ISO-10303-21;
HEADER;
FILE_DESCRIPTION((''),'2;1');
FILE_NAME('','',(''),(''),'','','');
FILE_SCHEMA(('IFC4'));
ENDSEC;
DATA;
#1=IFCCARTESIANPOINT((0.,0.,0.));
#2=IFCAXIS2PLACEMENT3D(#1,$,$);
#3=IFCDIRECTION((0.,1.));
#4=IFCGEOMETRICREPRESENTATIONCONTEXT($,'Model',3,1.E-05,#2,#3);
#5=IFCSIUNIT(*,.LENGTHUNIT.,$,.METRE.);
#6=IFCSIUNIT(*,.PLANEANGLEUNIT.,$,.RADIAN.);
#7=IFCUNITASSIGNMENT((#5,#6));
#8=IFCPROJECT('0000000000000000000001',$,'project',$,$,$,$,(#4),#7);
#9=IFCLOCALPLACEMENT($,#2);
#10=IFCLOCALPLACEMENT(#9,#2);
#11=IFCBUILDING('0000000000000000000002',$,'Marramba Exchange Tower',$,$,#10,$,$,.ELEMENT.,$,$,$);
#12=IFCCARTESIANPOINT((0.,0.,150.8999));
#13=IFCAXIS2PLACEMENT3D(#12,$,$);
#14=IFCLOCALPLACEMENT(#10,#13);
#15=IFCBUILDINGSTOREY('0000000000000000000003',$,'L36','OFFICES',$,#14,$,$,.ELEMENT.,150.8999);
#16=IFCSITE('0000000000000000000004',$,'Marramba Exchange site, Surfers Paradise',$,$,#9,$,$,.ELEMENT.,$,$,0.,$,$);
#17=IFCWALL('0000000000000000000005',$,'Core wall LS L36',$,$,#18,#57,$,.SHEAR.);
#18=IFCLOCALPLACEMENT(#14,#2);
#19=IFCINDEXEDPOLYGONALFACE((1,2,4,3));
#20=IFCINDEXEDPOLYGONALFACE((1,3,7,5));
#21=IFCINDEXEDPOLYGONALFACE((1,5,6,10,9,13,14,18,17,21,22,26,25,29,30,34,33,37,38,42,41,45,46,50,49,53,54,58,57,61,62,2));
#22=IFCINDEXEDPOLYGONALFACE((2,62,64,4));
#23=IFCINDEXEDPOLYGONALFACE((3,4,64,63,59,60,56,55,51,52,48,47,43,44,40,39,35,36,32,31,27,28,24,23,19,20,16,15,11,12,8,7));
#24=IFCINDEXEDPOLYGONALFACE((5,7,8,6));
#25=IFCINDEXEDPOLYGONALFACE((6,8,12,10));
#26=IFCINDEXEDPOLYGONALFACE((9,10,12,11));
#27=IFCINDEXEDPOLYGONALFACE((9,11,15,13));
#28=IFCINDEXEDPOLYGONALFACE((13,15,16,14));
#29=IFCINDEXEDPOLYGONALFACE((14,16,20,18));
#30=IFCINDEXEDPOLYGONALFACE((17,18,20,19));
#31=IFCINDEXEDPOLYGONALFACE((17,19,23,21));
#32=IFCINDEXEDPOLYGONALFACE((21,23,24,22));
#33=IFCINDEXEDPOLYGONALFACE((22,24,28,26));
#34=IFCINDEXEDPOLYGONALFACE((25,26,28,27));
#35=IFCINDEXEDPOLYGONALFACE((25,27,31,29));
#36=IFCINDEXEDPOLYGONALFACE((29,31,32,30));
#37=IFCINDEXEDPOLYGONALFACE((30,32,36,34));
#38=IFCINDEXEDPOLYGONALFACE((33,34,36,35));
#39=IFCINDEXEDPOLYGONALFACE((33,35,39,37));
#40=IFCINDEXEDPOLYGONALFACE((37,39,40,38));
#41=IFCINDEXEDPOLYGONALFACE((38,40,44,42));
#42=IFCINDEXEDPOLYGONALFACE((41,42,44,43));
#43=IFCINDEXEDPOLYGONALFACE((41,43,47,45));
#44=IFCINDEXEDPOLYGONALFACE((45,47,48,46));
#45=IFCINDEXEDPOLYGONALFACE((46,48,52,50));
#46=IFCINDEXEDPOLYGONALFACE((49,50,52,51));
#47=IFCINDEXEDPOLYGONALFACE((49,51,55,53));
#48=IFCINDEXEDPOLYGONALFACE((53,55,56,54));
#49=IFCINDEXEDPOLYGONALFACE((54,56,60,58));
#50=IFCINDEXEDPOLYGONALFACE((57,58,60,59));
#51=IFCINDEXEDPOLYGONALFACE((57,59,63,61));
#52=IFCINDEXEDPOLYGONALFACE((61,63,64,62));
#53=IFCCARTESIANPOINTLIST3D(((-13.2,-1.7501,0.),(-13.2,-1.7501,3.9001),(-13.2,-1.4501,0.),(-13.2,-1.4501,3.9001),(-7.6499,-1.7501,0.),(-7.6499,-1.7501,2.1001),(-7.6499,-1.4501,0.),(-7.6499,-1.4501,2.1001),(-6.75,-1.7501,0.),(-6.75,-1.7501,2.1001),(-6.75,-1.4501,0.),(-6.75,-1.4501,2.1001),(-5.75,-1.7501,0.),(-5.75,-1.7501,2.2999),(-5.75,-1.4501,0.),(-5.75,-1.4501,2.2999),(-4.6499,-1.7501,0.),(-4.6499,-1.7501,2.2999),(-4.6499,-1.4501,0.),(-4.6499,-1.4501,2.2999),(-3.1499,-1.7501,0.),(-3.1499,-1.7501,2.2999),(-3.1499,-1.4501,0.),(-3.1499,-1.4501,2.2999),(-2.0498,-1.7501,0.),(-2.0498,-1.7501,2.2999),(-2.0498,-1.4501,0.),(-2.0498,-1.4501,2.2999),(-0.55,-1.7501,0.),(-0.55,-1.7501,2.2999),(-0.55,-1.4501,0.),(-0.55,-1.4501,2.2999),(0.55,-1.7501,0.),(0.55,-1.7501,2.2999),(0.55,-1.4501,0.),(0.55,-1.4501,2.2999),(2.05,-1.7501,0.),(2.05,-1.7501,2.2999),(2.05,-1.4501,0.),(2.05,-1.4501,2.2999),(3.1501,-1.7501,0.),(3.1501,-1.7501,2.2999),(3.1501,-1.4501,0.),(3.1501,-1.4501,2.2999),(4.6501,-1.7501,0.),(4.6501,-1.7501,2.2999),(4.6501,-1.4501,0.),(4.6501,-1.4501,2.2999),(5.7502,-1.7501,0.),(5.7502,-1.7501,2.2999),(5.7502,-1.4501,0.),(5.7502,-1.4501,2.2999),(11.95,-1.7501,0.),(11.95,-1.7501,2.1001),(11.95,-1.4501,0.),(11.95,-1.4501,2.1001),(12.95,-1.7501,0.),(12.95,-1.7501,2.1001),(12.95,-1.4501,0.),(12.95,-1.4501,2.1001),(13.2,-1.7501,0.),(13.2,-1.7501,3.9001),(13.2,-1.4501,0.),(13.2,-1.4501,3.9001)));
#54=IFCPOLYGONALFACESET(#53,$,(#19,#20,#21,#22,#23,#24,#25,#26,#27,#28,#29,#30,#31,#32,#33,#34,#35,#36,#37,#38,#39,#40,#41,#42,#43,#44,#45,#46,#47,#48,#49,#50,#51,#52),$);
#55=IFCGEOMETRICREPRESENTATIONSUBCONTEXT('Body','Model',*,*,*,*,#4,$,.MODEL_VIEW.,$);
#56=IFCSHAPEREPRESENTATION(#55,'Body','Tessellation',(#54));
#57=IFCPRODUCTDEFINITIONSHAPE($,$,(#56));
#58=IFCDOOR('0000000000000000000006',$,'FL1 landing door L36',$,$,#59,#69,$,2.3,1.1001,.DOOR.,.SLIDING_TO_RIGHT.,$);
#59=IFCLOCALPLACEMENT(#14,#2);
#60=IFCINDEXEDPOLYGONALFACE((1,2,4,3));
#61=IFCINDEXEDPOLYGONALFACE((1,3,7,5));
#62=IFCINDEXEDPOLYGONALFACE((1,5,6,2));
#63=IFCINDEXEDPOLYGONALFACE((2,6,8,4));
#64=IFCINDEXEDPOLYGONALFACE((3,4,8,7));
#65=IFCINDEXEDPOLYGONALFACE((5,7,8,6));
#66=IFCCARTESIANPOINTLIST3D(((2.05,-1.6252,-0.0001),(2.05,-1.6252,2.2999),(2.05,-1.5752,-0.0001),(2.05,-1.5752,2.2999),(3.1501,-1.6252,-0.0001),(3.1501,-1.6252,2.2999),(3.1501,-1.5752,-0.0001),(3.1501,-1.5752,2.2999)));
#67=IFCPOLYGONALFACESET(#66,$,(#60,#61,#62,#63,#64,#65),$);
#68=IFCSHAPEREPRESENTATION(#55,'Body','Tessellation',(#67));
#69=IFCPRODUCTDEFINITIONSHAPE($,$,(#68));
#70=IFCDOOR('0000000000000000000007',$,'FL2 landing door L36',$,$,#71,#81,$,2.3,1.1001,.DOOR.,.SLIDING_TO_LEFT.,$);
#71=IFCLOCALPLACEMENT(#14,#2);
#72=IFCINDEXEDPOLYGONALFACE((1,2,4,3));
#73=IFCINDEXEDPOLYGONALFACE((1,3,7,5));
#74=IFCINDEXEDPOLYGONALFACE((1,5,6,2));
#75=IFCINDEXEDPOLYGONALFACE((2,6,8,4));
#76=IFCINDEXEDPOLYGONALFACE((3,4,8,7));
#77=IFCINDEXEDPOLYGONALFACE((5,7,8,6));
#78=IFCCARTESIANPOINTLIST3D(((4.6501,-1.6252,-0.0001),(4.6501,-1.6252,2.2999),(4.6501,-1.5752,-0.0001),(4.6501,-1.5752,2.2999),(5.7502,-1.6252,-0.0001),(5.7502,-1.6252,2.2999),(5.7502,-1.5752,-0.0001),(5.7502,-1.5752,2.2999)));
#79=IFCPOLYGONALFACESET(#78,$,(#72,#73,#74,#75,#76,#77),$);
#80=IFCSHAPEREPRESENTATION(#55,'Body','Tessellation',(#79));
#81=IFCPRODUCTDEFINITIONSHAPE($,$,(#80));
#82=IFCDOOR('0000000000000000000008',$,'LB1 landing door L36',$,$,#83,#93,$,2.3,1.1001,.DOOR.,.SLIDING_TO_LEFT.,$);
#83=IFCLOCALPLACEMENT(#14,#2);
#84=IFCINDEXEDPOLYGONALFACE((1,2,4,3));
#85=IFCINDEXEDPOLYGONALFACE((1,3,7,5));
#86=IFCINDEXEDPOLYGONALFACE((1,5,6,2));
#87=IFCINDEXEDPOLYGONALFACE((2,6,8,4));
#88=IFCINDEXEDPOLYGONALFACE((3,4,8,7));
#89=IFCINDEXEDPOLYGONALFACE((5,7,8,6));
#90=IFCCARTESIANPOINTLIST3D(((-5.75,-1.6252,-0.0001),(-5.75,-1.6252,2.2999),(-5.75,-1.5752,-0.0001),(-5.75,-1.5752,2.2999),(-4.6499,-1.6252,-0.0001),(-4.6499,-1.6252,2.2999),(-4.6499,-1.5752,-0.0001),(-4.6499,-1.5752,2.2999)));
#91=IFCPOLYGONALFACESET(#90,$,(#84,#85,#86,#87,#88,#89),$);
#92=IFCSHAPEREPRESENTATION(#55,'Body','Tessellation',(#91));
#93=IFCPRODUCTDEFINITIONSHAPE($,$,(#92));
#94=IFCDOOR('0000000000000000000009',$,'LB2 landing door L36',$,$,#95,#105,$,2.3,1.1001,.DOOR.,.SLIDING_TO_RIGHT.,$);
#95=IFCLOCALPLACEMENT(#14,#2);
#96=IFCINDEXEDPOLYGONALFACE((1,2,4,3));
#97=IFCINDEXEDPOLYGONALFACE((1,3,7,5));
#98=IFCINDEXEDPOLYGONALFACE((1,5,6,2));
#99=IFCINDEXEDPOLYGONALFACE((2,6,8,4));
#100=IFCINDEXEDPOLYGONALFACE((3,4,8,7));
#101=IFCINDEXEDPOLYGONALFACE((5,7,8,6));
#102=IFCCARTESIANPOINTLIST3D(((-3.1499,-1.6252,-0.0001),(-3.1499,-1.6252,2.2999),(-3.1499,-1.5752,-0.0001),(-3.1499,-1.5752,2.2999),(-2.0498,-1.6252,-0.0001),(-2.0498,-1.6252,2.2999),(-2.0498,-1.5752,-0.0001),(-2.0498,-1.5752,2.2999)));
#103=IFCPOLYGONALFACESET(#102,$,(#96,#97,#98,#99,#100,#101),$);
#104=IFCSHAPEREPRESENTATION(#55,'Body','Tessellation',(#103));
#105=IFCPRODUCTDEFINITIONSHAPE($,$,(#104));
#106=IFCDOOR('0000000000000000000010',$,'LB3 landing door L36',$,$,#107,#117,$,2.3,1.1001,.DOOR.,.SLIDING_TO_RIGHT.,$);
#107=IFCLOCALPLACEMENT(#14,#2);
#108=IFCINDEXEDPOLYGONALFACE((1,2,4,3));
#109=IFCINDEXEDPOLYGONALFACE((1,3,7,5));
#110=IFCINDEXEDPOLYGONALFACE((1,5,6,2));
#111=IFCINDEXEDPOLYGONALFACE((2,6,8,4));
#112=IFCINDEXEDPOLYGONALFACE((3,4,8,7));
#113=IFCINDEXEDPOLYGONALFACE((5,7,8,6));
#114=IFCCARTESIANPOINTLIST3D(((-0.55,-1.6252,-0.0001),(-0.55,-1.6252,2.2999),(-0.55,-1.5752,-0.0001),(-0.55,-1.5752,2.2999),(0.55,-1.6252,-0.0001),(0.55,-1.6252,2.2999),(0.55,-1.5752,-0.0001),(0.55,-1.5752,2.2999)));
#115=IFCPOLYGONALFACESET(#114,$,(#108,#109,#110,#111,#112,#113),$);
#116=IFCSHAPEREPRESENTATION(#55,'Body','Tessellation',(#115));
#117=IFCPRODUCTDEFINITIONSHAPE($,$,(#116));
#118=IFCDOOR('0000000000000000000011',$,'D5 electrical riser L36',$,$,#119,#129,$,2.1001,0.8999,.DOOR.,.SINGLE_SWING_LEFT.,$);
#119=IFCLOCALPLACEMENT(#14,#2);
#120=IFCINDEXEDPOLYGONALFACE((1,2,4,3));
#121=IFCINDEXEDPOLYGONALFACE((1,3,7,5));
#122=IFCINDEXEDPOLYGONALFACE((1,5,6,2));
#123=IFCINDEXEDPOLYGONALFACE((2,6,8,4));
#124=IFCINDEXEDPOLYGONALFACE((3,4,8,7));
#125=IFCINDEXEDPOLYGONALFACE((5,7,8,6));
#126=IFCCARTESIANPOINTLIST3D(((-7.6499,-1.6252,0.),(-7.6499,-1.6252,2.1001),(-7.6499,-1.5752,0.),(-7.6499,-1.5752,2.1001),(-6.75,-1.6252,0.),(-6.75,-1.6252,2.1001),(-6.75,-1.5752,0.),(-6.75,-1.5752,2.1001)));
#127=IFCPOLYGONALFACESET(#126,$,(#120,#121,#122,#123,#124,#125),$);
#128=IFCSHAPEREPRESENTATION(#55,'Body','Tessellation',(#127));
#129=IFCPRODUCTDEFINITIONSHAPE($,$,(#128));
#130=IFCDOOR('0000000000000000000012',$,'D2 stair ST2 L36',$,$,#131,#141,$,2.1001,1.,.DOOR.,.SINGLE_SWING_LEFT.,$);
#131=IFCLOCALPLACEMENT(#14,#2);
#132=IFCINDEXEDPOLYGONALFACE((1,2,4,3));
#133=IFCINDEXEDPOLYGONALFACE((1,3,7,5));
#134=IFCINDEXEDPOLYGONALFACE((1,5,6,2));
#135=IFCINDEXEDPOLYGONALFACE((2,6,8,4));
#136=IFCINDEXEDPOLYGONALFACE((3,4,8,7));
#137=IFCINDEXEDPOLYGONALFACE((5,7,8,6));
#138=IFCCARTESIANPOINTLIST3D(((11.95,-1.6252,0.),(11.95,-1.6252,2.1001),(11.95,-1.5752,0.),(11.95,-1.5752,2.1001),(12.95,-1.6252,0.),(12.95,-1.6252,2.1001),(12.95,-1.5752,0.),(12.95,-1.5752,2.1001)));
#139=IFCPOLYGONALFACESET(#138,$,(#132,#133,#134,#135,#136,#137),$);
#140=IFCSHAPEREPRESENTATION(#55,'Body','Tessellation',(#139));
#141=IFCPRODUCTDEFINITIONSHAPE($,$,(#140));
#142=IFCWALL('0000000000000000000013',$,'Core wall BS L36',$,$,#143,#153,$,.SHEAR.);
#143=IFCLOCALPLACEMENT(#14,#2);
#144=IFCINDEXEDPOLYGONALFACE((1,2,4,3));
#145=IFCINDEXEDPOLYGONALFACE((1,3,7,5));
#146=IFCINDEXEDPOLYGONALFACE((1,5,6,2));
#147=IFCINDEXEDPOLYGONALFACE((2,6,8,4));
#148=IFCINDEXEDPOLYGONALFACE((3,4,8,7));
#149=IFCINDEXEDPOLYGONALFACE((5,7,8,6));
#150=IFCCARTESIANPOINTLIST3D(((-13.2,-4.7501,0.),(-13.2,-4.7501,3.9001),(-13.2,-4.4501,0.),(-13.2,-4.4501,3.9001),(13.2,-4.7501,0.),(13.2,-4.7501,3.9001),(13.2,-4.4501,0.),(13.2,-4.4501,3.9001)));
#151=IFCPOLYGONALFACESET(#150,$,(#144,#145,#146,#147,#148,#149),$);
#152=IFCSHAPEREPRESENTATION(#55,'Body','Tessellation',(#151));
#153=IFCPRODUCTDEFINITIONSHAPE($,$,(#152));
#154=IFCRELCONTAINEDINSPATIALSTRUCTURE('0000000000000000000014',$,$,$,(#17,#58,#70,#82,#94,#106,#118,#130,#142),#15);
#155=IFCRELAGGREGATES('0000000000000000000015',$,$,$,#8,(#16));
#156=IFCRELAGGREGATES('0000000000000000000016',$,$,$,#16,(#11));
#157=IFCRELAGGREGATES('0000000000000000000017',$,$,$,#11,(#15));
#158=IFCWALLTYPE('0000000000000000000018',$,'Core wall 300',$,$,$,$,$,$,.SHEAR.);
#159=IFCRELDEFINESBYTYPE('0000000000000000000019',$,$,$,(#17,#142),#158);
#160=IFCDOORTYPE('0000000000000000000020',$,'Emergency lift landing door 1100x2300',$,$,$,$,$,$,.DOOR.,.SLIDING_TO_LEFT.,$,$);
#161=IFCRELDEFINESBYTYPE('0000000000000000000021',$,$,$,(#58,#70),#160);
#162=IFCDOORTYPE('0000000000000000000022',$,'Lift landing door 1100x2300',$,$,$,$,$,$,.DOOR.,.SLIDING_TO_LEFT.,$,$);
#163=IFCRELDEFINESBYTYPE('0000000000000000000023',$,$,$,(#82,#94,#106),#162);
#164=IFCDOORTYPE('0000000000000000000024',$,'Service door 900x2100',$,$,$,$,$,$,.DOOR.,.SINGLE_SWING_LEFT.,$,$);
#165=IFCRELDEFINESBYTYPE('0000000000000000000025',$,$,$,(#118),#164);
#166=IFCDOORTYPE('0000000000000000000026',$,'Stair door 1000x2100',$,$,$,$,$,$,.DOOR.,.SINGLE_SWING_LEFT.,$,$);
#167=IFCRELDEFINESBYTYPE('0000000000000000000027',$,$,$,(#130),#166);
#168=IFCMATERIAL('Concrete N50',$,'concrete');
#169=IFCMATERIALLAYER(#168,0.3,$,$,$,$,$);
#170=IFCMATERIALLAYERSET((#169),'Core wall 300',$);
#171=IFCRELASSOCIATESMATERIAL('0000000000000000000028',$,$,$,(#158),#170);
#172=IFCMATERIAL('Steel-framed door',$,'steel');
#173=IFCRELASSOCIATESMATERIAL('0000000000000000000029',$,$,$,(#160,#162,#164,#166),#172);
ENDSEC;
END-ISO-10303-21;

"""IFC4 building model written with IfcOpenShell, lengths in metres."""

from ifc_helpers import new_model, si_unit, direction, frame, frame_2d, origin, place, context, subcontext, project, spatial, rectangle, extrude, material, layer, layer_set, type_object, element, fill, save


model = new_model("IFC4")

# Units and contexts
model_context = context("Model", 3, precision=1e-05, world=origin(), true_north=direction((0.0, 1.0)))
body_context = subcontext(model_context, "Body", "Model", "MODEL_VIEW")
ifc_project = project(units=[si_unit("LENGTHUNIT", "METRE"), si_unit("PLANEANGLEUNIT", "RADIAN")], contexts=[model_context])

# Site, building, storey
site_placement = place(None, origin())
site = spatial("IfcSite", under=ifc_project, at=site_placement, Name="Marramba Exchange site, Surfers Paradise", CompositionType="ELEMENT", RefElevation=0.0)
building_placement = place(site_placement, origin())
building = spatial("IfcBuilding", under=site, at=building_placement, Name="Marramba Exchange Tower", CompositionType="ELEMENT")
storey_placement = place(building_placement, frame((0.0, 0.0, 150.8999)))
storey = spatial("IfcBuildingStorey", under=building, at=storey_placement, Name="L36", Description="OFFICES", CompositionType="ELEMENT", Elevation=150.8999)

# Shared definitions
ifc_material_1 = material(Name="Concrete N50", Category="concrete")

# Wall, openings, doors
ifc_layer_1 = layer(ifc_material_1, 0.3)
ifc_layer_set_1 = layer_set([ifc_layer_1], Name="Core wall 300")
wall_type_1 = type_object("IfcWallType", Name="Core wall 300", PredefinedType="SHEAR", material=ifc_layer_set_1)
wall_1_placement = place(storey_placement, frame((-13.2, -1.6001, 0.0), z_axis=(0.0, 0.0, 1.0), x_axis=(1.0, 0.0, 0.0)))
wall_1 = element("IfcWall", 1, at=wall_1_placement, inside=storey, type_object=wall_type_1, Name="Core wall LS L36", PredefinedType="SHEAR", context=body_context, shape_type="SweptSolid", body=[
    extrude(rectangle(XDim=26.3999, YDim=0.3, at=frame_2d((13.2, 0.0))), origin(), (0.0, 0.0, 1.0), 3.9001),
])
opening_1_placement = place(wall_1_placement, frame((25.1499, 0.0, 0.0)))
opening_1 = element("IfcOpeningElement", 2, at=opening_1_placement, cuts=wall_1, PredefinedType="OPENING", context=body_context, shape_type="SweptSolid", body=[
    extrude(rectangle(XDim=1.0, YDim=2.1001, at=frame_2d((0.5, 1.05))), frame((0.0, 0.1599, 0.0), z_axis=(0.0, -1.0, 0.0), x_axis=(1.0, 0.0, 0.0)), (0.0, 0.0, 1.0), 0.3201),
])
opening_2_placement = place(wall_1_placement, frame((7.45, 0.0, 0.0)))
opening_2 = element("IfcOpeningElement", 3, at=opening_2_placement, cuts=wall_1, PredefinedType="OPENING", context=body_context, shape_type="SweptSolid", body=[
    extrude(rectangle(XDim=1.1001, YDim=2.3, at=frame_2d((0.55, 1.1499))), frame((0.0, 0.1599, 0.0), z_axis=(0.0, -1.0, 0.0), x_axis=(1.0, 0.0, 0.0)), (0.0, 0.0, 1.0), 0.3201),
])
opening_3_placement = place(wall_1_placement, frame((10.05, 0.0, 0.0)))
opening_3 = element("IfcOpeningElement", 4, at=opening_3_placement, cuts=wall_1, PredefinedType="OPENING", context=body_context, shape_type="SweptSolid", body=[
    extrude(rectangle(XDim=1.1001, YDim=2.3, at=frame_2d((0.55, 1.1499))), frame((0.0, 0.1599, 0.0), z_axis=(0.0, -1.0, 0.0), x_axis=(1.0, 0.0, 0.0)), (0.0, 0.0, 1.0), 0.3201),
])
opening_4_placement = place(wall_1_placement, frame((12.6499, 0.0, 0.0)))
opening_4 = element("IfcOpeningElement", 5, at=opening_4_placement, cuts=wall_1, PredefinedType="OPENING", context=body_context, shape_type="SweptSolid", body=[
    extrude(rectangle(XDim=1.1001, YDim=2.3, at=frame_2d((0.55, 1.1499))), frame((0.0, 0.1599, 0.0), z_axis=(0.0, -1.0, 0.0), x_axis=(1.0, 0.0, 0.0)), (0.0, 0.0, 1.0), 0.3201),
])
opening_5_placement = place(wall_1_placement, frame((15.25, 0.0, 0.0)))
opening_5 = element("IfcOpeningElement", 6, at=opening_5_placement, cuts=wall_1, PredefinedType="OPENING", context=body_context, shape_type="SweptSolid", body=[
    extrude(rectangle(XDim=1.1001, YDim=2.3, at=frame_2d((0.55, 1.1499))), frame((0.0, 0.1599, 0.0), z_axis=(0.0, -1.0, 0.0), x_axis=(1.0, 0.0, 0.0)), (0.0, 0.0, 1.0), 0.3201),
])
opening_6_placement = place(wall_1_placement, frame((17.8501, 0.0, 0.0)))
opening_6 = element("IfcOpeningElement", 7, at=opening_6_placement, cuts=wall_1, PredefinedType="OPENING", context=body_context, shape_type="SweptSolid", body=[
    extrude(rectangle(XDim=1.1001, YDim=2.3, at=frame_2d((0.55, 1.1499))), frame((0.0, 0.1599, 0.0), z_axis=(0.0, -1.0, 0.0), x_axis=(1.0, 0.0, 0.0)), (0.0, 0.0, 1.0), 0.3201),
])
opening_7_placement = place(wall_1_placement, frame((5.55, 0.0, 0.0)))
opening_7 = element("IfcOpeningElement", 8, at=opening_7_placement, cuts=wall_1, PredefinedType="OPENING", context=body_context, shape_type="SweptSolid", body=[
    extrude(rectangle(XDim=0.8999, YDim=2.1001, at=frame_2d((0.45, 1.05))), frame((0.0, 0.1599, 0.0), z_axis=(0.0, -1.0, 0.0), x_axis=(1.0, 0.0, 0.0)), (0.0, 0.0, 1.0), 0.3201),
])
ifc_material_2 = material(Name="Steel-framed door", Category="steel")
door_type_1 = type_object("IfcDoorType", Name="Emergency lift landing door 1100x2300", OperationType="SLIDING_TO_LEFT", PredefinedType="DOOR", material=ifc_material_2)
door_1_placement = place(opening_5_placement, frame((1.1001, 0.0, 0.0), z_axis=(0.0, 0.0, 1.0), x_axis=(-1.0, 0.0, 0.0)))
door_1 = element("IfcDoor", 9, at=door_1_placement, inside=storey, type_object=door_type_1, Name="FL1 landing door L36", OperationType="SLIDING_TO_RIGHT", OverallHeight=2.3, OverallWidth=1.1001, PredefinedType="DOOR", context=body_context, shape_type="SweptSolid", body=[
    extrude(rectangle(XDim=1.1001, YDim=2.3, at=frame_2d((0.55, 1.1499))), frame((0.0, 0.0251, 0.0), z_axis=(0.0, -1.0, 0.0), x_axis=(1.0, 0.0, 0.0)), (0.0, 0.0, 1.0), 0.05),
])
fill(opening_5, door_1)
door_2_placement = place(opening_6_placement, frame((1.1001, 0.0, 0.0), z_axis=(0.0, 0.0, 1.0), x_axis=(-1.0, 0.0, 0.0)))
door_2 = element("IfcDoor", 10, at=door_2_placement, inside=storey, type_object=door_type_1, Name="FL2 landing door L36", OperationType="SLIDING_TO_LEFT", OverallHeight=2.3, OverallWidth=1.1001, PredefinedType="DOOR", context=body_context, shape_type="SweptSolid", body=[
    extrude(rectangle(XDim=1.1001, YDim=2.3, at=frame_2d((0.55, 1.1499))), frame((0.0, 0.0251, 0.0), z_axis=(0.0, -1.0, 0.0), x_axis=(1.0, 0.0, 0.0)), (0.0, 0.0, 1.0), 0.05),
])
fill(opening_6, door_2)
door_type_2 = type_object("IfcDoorType", Name="Lift landing door 1100x2300", OperationType="SLIDING_TO_LEFT", PredefinedType="DOOR", material=ifc_material_2)
door_3_placement = place(opening_2_placement, frame((1.1001, 0.0, 0.0), z_axis=(0.0, 0.0, 1.0), x_axis=(-1.0, 0.0, 0.0)))
door_3 = element("IfcDoor", 11, at=door_3_placement, inside=storey, type_object=door_type_2, Name="LB1 landing door L36", OperationType="SLIDING_TO_LEFT", OverallHeight=2.3, OverallWidth=1.1001, PredefinedType="DOOR", context=body_context, shape_type="SweptSolid", body=[
    extrude(rectangle(XDim=1.1001, YDim=2.3, at=frame_2d((0.55, 1.1499))), frame((0.0, 0.0251, 0.0), z_axis=(0.0, -1.0, 0.0), x_axis=(1.0, 0.0, 0.0)), (0.0, 0.0, 1.0), 0.05),
])
fill(opening_2, door_3)
door_4_placement = place(opening_3_placement, frame((1.1001, 0.0, 0.0), z_axis=(0.0, 0.0, 1.0), x_axis=(-1.0, 0.0, 0.0)))
door_4 = element("IfcDoor", 12, at=door_4_placement, inside=storey, type_object=door_type_2, Name="LB2 landing door L36", OperationType="SLIDING_TO_RIGHT", OverallHeight=2.3, OverallWidth=1.1001, PredefinedType="DOOR", context=body_context, shape_type="SweptSolid", body=[
    extrude(rectangle(XDim=1.1001, YDim=2.3, at=frame_2d((0.55, 1.1499))), frame((0.0, 0.0251, 0.0), z_axis=(0.0, -1.0, 0.0), x_axis=(1.0, 0.0, 0.0)), (0.0, 0.0, 1.0), 0.05),
])
fill(opening_3, door_4)
door_5_placement = place(opening_4_placement, frame((1.1001, 0.0, 0.0), z_axis=(0.0, 0.0, 1.0), x_axis=(-1.0, 0.0, 0.0)))
door_5 = element("IfcDoor", 13, at=door_5_placement, inside=storey, type_object=door_type_2, Name="LB3 landing door L36", OperationType="SLIDING_TO_RIGHT", OverallHeight=2.3, OverallWidth=1.1001, PredefinedType="DOOR", context=body_context, shape_type="SweptSolid", body=[
    extrude(rectangle(XDim=1.1001, YDim=2.3, at=frame_2d((0.55, 1.1499))), frame((0.0, 0.0251, 0.0), z_axis=(0.0, -1.0, 0.0), x_axis=(1.0, 0.0, 0.0)), (0.0, 0.0, 1.0), 0.05),
])
fill(opening_4, door_5)
door_type_3 = type_object("IfcDoorType", Name="Service door 900x2100", OperationType="SINGLE_SWING_LEFT", PredefinedType="DOOR", material=ifc_material_2)
door_6_placement = place(opening_7_placement, frame((0.8999, 0.0, 0.0), z_axis=(0.0, 0.0, 1.0), x_axis=(-1.0, 0.0, 0.0)))
door_6 = element("IfcDoor", 14, at=door_6_placement, inside=storey, type_object=door_type_3, Name="D5 electrical riser L36", OperationType="SINGLE_SWING_LEFT", OverallHeight=2.1001, OverallWidth=0.8999, PredefinedType="DOOR", context=body_context, shape_type="SweptSolid", body=[
    extrude(rectangle(XDim=0.8999, YDim=2.1001, at=frame_2d((0.45, 1.05))), frame((0.0, 0.0251, 0.0), z_axis=(0.0, -1.0, 0.0), x_axis=(1.0, 0.0, 0.0)), (0.0, 0.0, 1.0), 0.05),
])
fill(opening_7, door_6)
door_type_4 = type_object("IfcDoorType", Name="Stair door 1000x2100", OperationType="SINGLE_SWING_LEFT", PredefinedType="DOOR", material=ifc_material_2)
door_7_placement = place(opening_1_placement, frame((1.0, 0.0, 0.0), z_axis=(0.0, 0.0, 1.0), x_axis=(-1.0, 0.0, 0.0)))
door_7 = element("IfcDoor", 15, at=door_7_placement, inside=storey, type_object=door_type_4, Name="D2 stair ST2 L36", OperationType="SINGLE_SWING_LEFT", OverallHeight=2.1001, OverallWidth=1.0, PredefinedType="DOOR", context=body_context, shape_type="SweptSolid", body=[
    extrude(rectangle(XDim=1.0, YDim=2.1001, at=frame_2d((0.5, 1.05))), frame((0.0, 0.0251, 0.0), z_axis=(0.0, -1.0, 0.0), x_axis=(1.0, 0.0, 0.0)), (0.0, 0.0, 1.0), 0.05),
])
fill(opening_1, door_7)

# Wall
wall_2_placement = place(storey_placement, frame((-13.2, -4.6001, 0.0), z_axis=(0.0, 0.0, 1.0), x_axis=(1.0, 0.0, 0.0)))
element("IfcWall", 16, at=wall_2_placement, inside=storey, type_object=wall_type_1, Name="Core wall BS L36", PredefinedType="SHEAR", context=body_context, shape_type="SweptSolid", body=[
    extrude(rectangle(XDim=26.3999, YDim=0.3, at=frame_2d((13.2, 0.0))), origin(), (0.0, 0.0, 1.0), 3.9001),
])

save(model, "model.ifc")
